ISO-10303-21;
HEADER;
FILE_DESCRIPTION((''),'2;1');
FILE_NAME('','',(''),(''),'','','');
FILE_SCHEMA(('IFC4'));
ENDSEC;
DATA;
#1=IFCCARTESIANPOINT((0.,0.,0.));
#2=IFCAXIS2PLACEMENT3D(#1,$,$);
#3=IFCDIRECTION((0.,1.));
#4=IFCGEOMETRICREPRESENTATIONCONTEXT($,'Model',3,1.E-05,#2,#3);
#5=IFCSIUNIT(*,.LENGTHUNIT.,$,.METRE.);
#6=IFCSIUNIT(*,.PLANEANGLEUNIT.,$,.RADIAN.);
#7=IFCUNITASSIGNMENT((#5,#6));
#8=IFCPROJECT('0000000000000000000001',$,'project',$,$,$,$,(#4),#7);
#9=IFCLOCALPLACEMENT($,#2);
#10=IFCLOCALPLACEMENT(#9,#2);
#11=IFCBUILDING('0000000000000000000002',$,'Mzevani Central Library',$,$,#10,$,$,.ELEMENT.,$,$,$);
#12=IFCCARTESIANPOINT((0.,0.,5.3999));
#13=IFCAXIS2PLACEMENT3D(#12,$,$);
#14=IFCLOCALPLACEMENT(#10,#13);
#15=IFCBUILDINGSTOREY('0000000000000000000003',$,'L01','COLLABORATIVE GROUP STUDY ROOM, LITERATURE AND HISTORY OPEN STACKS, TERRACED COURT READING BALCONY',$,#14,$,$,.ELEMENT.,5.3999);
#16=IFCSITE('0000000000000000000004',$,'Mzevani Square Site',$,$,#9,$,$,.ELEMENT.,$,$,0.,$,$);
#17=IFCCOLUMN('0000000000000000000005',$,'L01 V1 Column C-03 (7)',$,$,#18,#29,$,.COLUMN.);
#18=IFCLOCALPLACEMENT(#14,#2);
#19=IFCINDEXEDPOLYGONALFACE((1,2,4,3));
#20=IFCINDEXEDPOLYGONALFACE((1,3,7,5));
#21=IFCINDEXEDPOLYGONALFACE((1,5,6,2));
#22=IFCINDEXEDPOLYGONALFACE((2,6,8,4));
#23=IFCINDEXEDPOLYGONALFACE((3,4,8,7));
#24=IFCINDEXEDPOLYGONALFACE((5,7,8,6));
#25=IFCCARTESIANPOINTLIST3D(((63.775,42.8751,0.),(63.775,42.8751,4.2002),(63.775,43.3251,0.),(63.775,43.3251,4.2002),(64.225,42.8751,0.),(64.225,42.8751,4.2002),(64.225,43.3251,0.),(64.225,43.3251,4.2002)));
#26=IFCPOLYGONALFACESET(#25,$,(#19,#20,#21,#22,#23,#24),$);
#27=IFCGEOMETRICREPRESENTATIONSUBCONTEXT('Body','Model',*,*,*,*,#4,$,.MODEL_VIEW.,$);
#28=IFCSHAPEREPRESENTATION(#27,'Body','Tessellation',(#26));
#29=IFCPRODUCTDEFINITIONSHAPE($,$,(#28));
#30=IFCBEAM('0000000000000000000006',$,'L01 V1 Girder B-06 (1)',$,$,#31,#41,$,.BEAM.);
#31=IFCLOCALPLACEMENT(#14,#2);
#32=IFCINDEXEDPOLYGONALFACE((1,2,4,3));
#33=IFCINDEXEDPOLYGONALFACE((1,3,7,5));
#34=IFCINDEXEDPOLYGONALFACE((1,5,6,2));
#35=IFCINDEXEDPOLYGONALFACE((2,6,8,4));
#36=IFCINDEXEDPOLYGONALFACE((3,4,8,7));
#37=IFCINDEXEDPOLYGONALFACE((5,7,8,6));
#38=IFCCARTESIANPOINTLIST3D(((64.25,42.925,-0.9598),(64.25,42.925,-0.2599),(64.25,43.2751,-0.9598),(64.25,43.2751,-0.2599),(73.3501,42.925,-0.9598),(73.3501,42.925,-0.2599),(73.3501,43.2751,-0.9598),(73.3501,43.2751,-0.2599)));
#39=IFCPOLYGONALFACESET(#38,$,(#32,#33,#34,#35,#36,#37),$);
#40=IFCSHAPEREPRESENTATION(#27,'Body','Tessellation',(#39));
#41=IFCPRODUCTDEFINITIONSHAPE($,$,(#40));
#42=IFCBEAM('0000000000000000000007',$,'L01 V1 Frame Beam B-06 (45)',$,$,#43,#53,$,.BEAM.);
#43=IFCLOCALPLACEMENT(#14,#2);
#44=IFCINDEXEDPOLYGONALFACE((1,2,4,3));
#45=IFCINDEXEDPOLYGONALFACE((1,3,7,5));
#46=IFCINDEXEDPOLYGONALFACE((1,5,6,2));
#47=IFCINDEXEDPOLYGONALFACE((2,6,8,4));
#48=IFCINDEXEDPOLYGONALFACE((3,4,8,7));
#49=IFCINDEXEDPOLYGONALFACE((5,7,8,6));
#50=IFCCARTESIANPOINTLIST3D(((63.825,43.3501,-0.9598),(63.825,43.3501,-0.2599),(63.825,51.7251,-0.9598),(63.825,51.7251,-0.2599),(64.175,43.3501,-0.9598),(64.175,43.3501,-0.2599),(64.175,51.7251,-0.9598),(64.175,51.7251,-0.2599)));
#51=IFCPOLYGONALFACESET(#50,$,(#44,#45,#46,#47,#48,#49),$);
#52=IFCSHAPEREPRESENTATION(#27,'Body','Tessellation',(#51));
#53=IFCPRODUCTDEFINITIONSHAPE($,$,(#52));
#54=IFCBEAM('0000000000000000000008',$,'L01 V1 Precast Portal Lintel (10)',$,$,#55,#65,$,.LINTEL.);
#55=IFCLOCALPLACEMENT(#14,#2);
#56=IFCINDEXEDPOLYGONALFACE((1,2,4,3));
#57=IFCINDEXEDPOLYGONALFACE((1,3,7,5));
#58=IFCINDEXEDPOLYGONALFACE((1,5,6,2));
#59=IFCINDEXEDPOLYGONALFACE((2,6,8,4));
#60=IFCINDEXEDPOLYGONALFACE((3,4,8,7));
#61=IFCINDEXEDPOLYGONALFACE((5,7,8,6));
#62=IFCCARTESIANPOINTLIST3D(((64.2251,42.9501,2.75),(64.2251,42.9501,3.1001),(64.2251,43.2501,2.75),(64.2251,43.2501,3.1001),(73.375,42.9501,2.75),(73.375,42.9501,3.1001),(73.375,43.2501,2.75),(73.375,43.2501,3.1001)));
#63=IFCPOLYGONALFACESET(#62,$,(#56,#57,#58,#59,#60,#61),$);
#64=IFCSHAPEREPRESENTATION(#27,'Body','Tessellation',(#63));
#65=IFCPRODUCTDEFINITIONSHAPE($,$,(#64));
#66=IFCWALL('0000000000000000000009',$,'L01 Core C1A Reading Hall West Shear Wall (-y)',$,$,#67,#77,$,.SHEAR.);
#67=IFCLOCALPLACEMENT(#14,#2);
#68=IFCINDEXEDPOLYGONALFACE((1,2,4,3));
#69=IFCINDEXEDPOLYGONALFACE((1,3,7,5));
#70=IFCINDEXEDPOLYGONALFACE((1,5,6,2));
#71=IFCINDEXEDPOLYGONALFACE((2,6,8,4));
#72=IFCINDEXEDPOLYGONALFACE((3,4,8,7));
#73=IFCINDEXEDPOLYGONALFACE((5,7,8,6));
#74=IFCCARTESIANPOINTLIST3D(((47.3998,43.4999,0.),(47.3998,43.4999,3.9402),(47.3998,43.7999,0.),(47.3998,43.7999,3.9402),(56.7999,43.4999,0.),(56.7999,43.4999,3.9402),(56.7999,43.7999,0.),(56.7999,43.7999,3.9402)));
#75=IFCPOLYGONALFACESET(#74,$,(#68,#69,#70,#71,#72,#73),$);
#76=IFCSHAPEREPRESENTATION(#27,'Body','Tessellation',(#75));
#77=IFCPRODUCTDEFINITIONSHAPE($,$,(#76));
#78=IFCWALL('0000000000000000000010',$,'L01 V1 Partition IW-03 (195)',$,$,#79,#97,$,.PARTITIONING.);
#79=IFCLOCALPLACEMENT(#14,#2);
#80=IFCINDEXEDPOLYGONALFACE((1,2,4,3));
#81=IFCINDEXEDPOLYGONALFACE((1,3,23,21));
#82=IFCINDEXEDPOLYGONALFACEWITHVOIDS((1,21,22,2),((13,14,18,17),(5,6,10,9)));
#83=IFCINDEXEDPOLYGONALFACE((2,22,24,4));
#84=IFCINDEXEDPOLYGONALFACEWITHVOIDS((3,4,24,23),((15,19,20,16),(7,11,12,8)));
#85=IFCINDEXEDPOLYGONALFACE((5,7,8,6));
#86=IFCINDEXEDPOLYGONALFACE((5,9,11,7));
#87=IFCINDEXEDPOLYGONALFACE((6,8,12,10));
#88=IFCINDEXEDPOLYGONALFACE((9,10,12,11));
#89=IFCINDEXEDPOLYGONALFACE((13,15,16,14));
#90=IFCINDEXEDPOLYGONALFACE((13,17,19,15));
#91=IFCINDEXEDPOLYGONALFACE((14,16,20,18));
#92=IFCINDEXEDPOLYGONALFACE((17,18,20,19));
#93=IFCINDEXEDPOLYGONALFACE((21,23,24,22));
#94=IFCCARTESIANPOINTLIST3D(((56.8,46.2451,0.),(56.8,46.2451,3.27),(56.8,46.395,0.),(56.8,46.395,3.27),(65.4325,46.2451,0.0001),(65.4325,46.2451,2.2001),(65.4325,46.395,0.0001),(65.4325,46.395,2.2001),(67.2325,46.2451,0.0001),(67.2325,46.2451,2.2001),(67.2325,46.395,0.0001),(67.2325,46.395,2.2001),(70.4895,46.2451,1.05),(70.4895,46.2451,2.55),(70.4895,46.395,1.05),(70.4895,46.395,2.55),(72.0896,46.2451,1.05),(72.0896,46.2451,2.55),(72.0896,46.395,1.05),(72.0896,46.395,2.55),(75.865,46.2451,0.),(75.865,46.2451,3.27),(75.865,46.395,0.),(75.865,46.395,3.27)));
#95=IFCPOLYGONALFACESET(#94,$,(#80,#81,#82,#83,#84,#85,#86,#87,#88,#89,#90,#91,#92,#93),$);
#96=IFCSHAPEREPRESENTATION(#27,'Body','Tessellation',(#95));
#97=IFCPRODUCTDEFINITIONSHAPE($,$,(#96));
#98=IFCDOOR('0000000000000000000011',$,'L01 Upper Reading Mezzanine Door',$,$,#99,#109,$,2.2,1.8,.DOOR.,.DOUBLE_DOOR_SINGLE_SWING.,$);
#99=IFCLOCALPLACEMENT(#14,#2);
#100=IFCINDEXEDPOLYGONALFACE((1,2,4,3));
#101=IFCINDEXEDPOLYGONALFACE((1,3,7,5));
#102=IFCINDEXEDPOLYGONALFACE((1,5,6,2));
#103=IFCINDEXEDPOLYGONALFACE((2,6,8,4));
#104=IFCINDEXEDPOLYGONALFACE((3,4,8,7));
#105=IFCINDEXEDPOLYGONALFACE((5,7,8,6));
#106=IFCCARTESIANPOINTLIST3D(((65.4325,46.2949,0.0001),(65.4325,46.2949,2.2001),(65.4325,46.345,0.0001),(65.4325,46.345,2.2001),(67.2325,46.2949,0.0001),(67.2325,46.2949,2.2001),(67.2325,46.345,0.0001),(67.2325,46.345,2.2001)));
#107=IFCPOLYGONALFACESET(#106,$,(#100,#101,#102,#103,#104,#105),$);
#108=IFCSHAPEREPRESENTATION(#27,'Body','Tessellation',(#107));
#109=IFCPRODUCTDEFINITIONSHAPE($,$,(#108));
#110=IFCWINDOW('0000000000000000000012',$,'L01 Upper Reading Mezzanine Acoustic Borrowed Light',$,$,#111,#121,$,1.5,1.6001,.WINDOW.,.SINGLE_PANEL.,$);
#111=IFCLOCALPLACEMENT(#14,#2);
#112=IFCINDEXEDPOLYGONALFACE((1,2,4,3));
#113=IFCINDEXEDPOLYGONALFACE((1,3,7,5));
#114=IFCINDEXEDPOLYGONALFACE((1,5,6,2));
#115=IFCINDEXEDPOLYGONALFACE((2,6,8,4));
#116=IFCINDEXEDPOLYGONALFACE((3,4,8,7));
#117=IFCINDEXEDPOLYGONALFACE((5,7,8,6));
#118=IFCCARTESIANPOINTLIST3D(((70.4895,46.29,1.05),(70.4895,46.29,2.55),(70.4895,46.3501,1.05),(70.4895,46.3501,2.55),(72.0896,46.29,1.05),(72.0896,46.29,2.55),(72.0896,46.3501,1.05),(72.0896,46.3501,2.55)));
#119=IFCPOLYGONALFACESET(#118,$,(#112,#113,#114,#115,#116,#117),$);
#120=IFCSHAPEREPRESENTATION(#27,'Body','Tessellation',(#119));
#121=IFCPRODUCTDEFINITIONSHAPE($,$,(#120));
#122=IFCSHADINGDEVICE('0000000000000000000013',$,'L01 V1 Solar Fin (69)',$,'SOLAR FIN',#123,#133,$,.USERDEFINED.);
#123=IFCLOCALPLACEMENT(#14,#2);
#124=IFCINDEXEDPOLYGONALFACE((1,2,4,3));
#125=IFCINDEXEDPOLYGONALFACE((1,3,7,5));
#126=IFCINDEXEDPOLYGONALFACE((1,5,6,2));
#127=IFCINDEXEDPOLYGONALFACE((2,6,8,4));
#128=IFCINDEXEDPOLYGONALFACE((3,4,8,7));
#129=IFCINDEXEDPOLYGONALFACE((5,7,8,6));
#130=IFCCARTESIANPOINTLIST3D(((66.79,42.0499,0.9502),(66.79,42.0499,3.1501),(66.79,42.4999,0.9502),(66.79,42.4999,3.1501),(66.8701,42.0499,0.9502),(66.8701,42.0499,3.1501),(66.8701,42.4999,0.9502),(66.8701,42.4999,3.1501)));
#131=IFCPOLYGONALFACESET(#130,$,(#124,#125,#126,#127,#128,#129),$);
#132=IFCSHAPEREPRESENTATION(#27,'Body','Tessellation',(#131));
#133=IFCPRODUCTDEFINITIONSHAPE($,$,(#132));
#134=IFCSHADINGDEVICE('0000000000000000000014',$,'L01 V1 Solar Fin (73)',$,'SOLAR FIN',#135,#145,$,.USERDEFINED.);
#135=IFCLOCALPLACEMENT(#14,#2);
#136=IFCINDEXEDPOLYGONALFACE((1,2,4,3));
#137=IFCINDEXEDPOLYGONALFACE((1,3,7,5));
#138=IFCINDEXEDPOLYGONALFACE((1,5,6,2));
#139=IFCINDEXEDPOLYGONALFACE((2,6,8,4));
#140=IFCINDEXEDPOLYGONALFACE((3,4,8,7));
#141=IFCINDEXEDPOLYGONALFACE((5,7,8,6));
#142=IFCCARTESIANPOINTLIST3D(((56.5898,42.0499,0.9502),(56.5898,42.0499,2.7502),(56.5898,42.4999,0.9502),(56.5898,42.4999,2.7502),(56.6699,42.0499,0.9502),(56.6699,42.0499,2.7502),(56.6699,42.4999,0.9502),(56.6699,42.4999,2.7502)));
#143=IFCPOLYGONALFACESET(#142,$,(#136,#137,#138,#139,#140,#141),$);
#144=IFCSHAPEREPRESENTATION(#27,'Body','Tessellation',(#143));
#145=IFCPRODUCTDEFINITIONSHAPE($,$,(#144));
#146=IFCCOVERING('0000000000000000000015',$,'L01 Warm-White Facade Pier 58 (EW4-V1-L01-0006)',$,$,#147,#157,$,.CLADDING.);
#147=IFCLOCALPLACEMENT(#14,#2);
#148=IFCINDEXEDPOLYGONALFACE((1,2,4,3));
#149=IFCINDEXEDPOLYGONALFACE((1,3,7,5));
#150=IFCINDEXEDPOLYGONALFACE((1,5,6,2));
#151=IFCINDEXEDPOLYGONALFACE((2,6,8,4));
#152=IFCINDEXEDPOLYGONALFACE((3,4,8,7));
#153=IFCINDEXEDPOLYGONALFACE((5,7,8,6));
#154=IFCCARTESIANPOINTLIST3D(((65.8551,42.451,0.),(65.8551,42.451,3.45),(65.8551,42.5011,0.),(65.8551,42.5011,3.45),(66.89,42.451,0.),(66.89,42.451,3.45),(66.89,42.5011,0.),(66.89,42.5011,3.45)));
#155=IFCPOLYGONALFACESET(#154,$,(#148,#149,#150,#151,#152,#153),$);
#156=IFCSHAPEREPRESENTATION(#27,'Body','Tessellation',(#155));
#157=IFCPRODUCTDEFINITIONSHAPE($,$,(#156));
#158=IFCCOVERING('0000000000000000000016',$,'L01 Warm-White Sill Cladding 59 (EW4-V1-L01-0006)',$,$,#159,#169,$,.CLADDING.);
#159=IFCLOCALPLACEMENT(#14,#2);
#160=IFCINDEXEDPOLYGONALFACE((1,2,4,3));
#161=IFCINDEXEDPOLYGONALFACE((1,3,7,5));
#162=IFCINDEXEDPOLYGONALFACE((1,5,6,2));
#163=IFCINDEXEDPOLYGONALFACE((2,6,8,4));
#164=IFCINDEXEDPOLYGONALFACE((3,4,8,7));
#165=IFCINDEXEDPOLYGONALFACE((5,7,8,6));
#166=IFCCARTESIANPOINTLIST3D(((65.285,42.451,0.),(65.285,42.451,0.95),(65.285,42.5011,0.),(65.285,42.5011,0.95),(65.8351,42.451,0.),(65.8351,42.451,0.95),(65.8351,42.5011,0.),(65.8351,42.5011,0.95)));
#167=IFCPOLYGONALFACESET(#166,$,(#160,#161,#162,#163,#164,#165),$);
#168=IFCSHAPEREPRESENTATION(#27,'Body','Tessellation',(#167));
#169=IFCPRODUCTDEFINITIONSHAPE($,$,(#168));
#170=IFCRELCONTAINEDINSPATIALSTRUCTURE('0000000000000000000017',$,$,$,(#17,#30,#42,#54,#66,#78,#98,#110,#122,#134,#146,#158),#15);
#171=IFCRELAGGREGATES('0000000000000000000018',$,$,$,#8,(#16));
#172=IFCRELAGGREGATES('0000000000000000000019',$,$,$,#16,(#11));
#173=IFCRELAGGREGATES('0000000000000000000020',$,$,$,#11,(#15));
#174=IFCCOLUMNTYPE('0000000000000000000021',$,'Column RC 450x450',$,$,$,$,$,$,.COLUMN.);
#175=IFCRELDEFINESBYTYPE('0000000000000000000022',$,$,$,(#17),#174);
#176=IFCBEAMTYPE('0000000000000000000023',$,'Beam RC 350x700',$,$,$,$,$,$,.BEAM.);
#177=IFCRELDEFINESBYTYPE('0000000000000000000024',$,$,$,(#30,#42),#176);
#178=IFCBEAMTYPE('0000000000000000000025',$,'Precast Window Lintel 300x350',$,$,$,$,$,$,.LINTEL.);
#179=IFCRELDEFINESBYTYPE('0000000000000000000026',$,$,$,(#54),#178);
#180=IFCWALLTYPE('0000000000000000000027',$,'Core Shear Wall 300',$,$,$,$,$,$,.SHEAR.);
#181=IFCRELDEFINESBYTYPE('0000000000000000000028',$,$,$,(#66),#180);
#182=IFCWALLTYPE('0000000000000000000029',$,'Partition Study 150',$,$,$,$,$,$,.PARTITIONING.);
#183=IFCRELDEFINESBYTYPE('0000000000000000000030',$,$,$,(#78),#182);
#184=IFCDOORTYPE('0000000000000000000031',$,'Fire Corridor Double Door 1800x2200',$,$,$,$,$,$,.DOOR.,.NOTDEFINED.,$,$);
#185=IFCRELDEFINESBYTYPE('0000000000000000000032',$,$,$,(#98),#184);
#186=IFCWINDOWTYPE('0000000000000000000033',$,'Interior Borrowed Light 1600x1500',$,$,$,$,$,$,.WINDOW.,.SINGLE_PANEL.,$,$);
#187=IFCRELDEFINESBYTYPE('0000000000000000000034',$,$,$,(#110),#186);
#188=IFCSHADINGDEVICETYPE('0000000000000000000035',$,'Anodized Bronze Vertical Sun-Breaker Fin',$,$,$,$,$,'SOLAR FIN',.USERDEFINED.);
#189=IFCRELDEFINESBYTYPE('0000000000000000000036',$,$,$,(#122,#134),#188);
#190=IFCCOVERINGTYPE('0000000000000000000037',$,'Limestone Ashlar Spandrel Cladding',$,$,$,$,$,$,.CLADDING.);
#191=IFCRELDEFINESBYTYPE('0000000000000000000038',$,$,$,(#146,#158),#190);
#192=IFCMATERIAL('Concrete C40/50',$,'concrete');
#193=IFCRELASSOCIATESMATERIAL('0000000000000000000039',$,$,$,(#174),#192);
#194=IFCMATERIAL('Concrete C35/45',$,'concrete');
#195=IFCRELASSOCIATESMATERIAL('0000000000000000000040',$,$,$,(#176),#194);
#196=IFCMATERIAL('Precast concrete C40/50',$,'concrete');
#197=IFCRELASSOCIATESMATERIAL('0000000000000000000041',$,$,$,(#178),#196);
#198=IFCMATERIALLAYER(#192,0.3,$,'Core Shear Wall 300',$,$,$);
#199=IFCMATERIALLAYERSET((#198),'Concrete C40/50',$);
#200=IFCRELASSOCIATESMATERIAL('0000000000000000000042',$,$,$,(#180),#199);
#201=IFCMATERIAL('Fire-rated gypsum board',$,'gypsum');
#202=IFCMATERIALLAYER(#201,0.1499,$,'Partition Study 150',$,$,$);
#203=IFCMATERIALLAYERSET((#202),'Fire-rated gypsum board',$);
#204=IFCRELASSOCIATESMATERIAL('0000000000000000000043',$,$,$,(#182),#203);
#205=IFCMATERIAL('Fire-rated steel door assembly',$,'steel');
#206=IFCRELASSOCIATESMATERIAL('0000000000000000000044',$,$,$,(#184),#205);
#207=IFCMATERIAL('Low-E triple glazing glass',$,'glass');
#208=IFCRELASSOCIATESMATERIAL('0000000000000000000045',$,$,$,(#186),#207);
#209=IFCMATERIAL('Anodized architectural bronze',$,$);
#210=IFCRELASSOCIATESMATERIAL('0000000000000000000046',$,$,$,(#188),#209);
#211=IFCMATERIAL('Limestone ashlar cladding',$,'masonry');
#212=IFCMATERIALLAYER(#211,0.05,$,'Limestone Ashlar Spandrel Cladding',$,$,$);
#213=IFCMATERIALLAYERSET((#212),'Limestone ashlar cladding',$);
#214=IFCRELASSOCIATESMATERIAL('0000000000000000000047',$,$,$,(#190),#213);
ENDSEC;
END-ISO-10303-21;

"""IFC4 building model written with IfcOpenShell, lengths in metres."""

from ifc_helpers import new_model, si_unit, direction, frame, frame_2d, origin, origin_2d, place, context, subcontext, project, spatial, rectangle, extrude, material, layer, layer_set, material_profile, profile_set, type_object, element, fill, save


model = new_model("IFC4")

# Units and contexts
model_context = context("Model", 3, precision=1e-05, world=origin(), true_north=direction((0.0, 1.0)))
body_context = subcontext(model_context, "Body", "Model", "MODEL_VIEW")
ifc_project = project(units=[si_unit("LENGTHUNIT", "METRE"), si_unit("PLANEANGLEUNIT", "RADIAN")], contexts=[model_context])

# Site, building, storey
site_placement = place(None, origin())
site = spatial("IfcSite", under=ifc_project, at=site_placement, Name="Mzevani Square Site", CompositionType="ELEMENT", RefElevation=0.0)
building_placement = place(site_placement, origin())
building = spatial("IfcBuilding", under=site, at=building_placement, Name="Mzevani Central Library", CompositionType="ELEMENT")
storey_placement = place(building_placement, frame((0.0, 0.0, 5.3999)))
storey = spatial("IfcBuildingStorey", under=building, at=storey_placement, Name="L01", Description="COLLABORATIVE GROUP STUDY ROOM, LITERATURE AND HISTORY OPEN STACKS, TERRACED COURT READING BALCONY", CompositionType="ELEMENT", Elevation=5.3999)

# Column
ifc_material_1 = material(Name="Concrete C40/50", Category="concrete")
ifc_material_profile_1 = material_profile(ifc_material_1, rectangle(XDim=0.45, YDim=0.45, at=origin_2d()), Name="RC 450x450")
ifc_profile_set_1 = profile_set([ifc_material_profile_1], Name="Concrete C40/50")
column_type = type_object("IfcColumnType", Name="Column RC 450x450", PredefinedType="COLUMN", material=ifc_profile_set_1)
column_placement = place(storey_placement, frame((64.0, 43.1001, 0.0), z_axis=(0.0, 0.0, 1.0), x_axis=(1.0, 0.0, 0.0)))
element("IfcColumn", 1, at=column_placement, inside=storey, type_object=column_type, Name="L01 V1 Column C-03 (7)", PredefinedType="COLUMN", context=body_context, shape_type="SweptSolid", body=[
    extrude(rectangle(XDim=0.45, YDim=0.45, at=origin_2d()), origin(), (0.0, 0.0, 1.0), 4.2002),
])

# Beams
ifc_material_2 = material(Name="Concrete C35/45", Category="concrete")
ifc_material_profile_2 = material_profile(ifc_material_2, rectangle(XDim=0.3501, YDim=0.7, at=origin_2d()), Name="RC B350x700")
ifc_profile_set_2 = profile_set([ifc_material_profile_2], Name="Concrete C35/45")
beam_type_1 = type_object("IfcBeamType", Name="Beam RC 350x700", PredefinedType="BEAM", material=ifc_profile_set_2)
beam_1_placement = place(storey_placement, frame((64.25, 43.1001, -0.6099), z_axis=(1.0, 0.0, 0.0), x_axis=(0.0, 1.0, 0.0)))
element("IfcBeam", 2, at=beam_1_placement, inside=storey, type_object=beam_type_1, Name="L01 V1 Girder B-06 (1)", PredefinedType="BEAM", context=body_context, shape_type="SweptSolid", body=[
    extrude(rectangle(XDim=0.3501, YDim=0.7, at=origin_2d()), origin(), (0.0, 0.0, 1.0), 9.1001),
])
beam_2_placement = place(storey_placement, frame((64.0, 43.3501, -0.6099), z_axis=(0.0, 1.0, 0.0), x_axis=(-1.0, 0.0, 0.0)))
element("IfcBeam", 3, at=beam_2_placement, inside=storey, type_object=beam_type_1, Name="L01 V1 Frame Beam B-06 (45)", PredefinedType="BEAM", context=body_context, shape_type="SweptSolid", body=[
    extrude(rectangle(XDim=0.3501, YDim=0.7, at=origin_2d()), origin(), (0.0, 0.0, 1.0), 8.375),
])
ifc_material_3 = material(Name="Precast concrete C40/50", Category="concrete")
ifc_material_profile_3 = material_profile(ifc_material_3, rectangle(XDim=0.3, YDim=0.3501, at=origin_2d()), Name="PC LN300x350")
ifc_profile_set_3 = profile_set([ifc_material_profile_3], Name="Precast concrete C40/50")
beam_type_2 = type_object("IfcBeamType", Name="Precast Window Lintel 300x350", PredefinedType="LINTEL", material=ifc_profile_set_3)
beam_3_placement = place(storey_placement, frame((64.2251, 43.1001, 2.925), z_axis=(1.0, 0.0, 0.0), x_axis=(0.0, 1.0, 0.0)))
element("IfcBeam", 4, at=beam_3_placement, inside=storey, type_object=beam_type_2, Name="L01 V1 Precast Portal Lintel (10)", PredefinedType="LINTEL", context=body_context, shape_type="SweptSolid", body=[
    extrude(rectangle(XDim=0.3, YDim=0.3501, at=origin_2d()), origin(), (0.0, 0.0, 1.0), 9.1499),
])

# Wall
ifc_layer_1 = layer(ifc_material_1, 0.3, Name="Core Shear Wall 300")
ifc_layer_set_1 = layer_set([ifc_layer_1], Name="Concrete C40/50")
wall_type_1 = type_object("IfcWallType", Name="Core Shear Wall 300", PredefinedType="SHEAR", material=ifc_layer_set_1)
wall_1_placement = place(storey_placement, frame((56.8, 43.6499, 0.0), z_axis=(0.0, 0.0, 1.0), x_axis=(-1.0, 0.0, 0.0)))
element("IfcWall", 5, at=wall_1_placement, inside=storey, type_object=wall_type_1, Name="L01 Core C1A Reading Hall West Shear Wall (-y)", PredefinedType="SHEAR", context=body_context, shape_type="SweptSolid", body=[
    extrude(rectangle(XDim=9.4001, YDim=0.3, at=frame_2d((4.7002, 0.0))), origin(), (0.0, 0.0, 1.0), 3.9402),
])

# Wall, openings, door, window
ifc_material_4 = material(Name="Fire-rated gypsum board", Category="gypsum")
ifc_layer_2 = layer(ifc_material_4, 0.1499, Name="Partition Study 150")
ifc_layer_set_2 = layer_set([ifc_layer_2], Name="Fire-rated gypsum board")
wall_type_2 = type_object("IfcWallType", Name="Partition Study 150", PredefinedType="PARTITIONING", material=ifc_layer_set_2)
wall_2_placement = place(storey_placement, frame((56.8, 46.3201, 0.0), z_axis=(0.0, 0.0, 1.0), x_axis=(1.0, 0.0, 0.0)))
wall_2 = element("IfcWall", 6, at=wall_2_placement, inside=storey, type_object=wall_type_2, Name="L01 V1 Partition IW-03 (195)", PredefinedType="PARTITIONING", context=body_context, shape_type="SweptSolid", body=[
    extrude(rectangle(XDim=19.0649, YDim=0.1499, at=frame_2d((9.5325, 0.0))), origin(), (0.0, 0.0, 1.0), 3.27),
])
opening_1_placement = place(wall_2_placement, frame((8.6326, 0.0, 0.0)))
opening_1 = element("IfcOpeningElement", 7, at=opening_1_placement, cuts=wall_2, PredefinedType="OPENING", context=body_context, shape_type="SweptSolid", body=[
    extrude(rectangle(XDim=1.8, YDim=2.2, at=frame_2d((0.8999, 1.1001))), frame((0.0, 0.085, 0.0), z_axis=(0.0, -1.0, 0.0), x_axis=(1.0, 0.0, 0.0)), (0.0, 0.0, 1.0), 0.1699),
])
opening_2_placement = place(wall_2_placement, frame((13.6895, 0.0, 1.05)))
opening_2 = element("IfcOpeningElement", 8, at=opening_2_placement, cuts=wall_2, PredefinedType="OPENING", context=body_context, shape_type="SweptSolid", body=[
    extrude(rectangle(XDim=1.6001, YDim=1.5, at=frame_2d((0.8, 0.75))), frame((0.0, 0.085, 0.0), z_axis=(0.0, -1.0, 0.0), x_axis=(1.0, 0.0, 0.0)), (0.0, 0.0, 1.0), 0.1699),
])
ifc_material_5 = material(Name="Fire-rated steel door assembly", Category="steel")
door_type = type_object("IfcDoorType", Name="Fire Corridor Double Door 1800x2200", OperationType="NOTDEFINED", PredefinedType="DOOR", material=ifc_material_5)
door_placement = place(opening_1_placement, origin())
door = element("IfcDoor", 9, at=door_placement, inside=storey, type_object=door_type, Name="L01 Upper Reading Mezzanine Door", OperationType="DOUBLE_DOOR_SINGLE_SWING", OverallHeight=2.2, OverallWidth=1.8, PredefinedType="DOOR", context=body_context, shape_type="SweptSolid", body=[
    extrude(rectangle(XDim=1.8, YDim=2.2, at=frame_2d((0.8999, 1.1001))), frame((0.0, 0.0249, 0.0), z_axis=(0.0, -1.0, 0.0), x_axis=(1.0, 0.0, 0.0)), (0.0, 0.0, 1.0), 0.05),
])
fill(opening_1, door)
ifc_material_6 = material(Name="Low-E triple glazing glass", Category="glass")
window_type = type_object("IfcWindowType", Name="Interior Borrowed Light 1600x1500", PartitioningType="SINGLE_PANEL", PredefinedType="WINDOW", material=ifc_material_6)
window_placement = place(opening_2_placement, origin())
window = element("IfcWindow", 10, at=window_placement, inside=storey, type_object=window_type, Name="L01 Upper Reading Mezzanine Acoustic Borrowed Light", OverallHeight=1.5, OverallWidth=1.6001, PartitioningType="SINGLE_PANEL", PredefinedType="WINDOW", context=body_context, shape_type="SweptSolid", body=[
    extrude(rectangle(XDim=1.6001, YDim=1.5, at=frame_2d((0.8, 0.75))), frame((0.0, 0.03, 0.0), z_axis=(0.0, -1.0, 0.0), x_axis=(1.0, 0.0, 0.0)), (0.0, 0.0, 1.0), 0.0601),
])
fill(opening_2, window)

# Shading devices
ifc_material_7 = material(Name="Anodized architectural bronze")
shading_device_type = type_object("IfcShadingDeviceType", Name="Anodized Bronze Vertical Sun-Breaker Fin", ElementType="SOLAR FIN", PredefinedType="USERDEFINED", material=ifc_material_7)
shading_device_1_placement = place(storey_placement, frame((66.8301, 42.2749, 0.9502), z_axis=(0.0, 0.0, 1.0), x_axis=(-1.0, 0.0, 0.0)))
element("IfcShadingDevice", 11, at=shading_device_1_placement, inside=storey, type_object=shading_device_type, Name="L01 V1 Solar Fin (69)", ObjectType="SOLAR FIN", PredefinedType="USERDEFINED", context=body_context, shape_type="SweptSolid", body=[
    extrude(rectangle(XDim=0.0801, YDim=0.45, at=origin_2d()), origin(), (0.0, 0.0, 1.0), 2.2),
])
shading_device_2_placement = place(storey_placement, frame((56.6299, 42.2749, 0.9502), z_axis=(0.0, 0.0, 1.0), x_axis=(-1.0, 0.0, 0.0)))
element("IfcShadingDevice", 12, at=shading_device_2_placement, inside=storey, type_object=shading_device_type, Name="L01 V1 Solar Fin (73)", ObjectType="SOLAR FIN", PredefinedType="USERDEFINED", context=body_context, shape_type="SweptSolid", body=[
    extrude(rectangle(XDim=0.0801, YDim=0.45, at=origin_2d()), origin(), (0.0, 0.0, 1.0), 1.8),
])

# Coverings
ifc_material_8 = material(Name="Limestone ashlar cladding", Category="masonry")
ifc_layer_3 = layer(ifc_material_8, 0.05, Name="Limestone Ashlar Spandrel Cladding")
ifc_layer_set_3 = layer_set([ifc_layer_3], Name="Limestone ashlar cladding")
covering_type = type_object("IfcCoveringType", Name="Limestone Ashlar Spandrel Cladding", PredefinedType="CLADDING", material=ifc_layer_set_3)
covering_1_placement = place(storey_placement, frame((66.3726, 42.4761, 0.0), z_axis=(0.0, 0.0, 1.0), x_axis=(-1.0, 0.0, 0.0)))
element("IfcCovering", 13, at=covering_1_placement, inside=storey, type_object=covering_type, Name="L01 Warm-White Facade Pier 58 (EW4-V1-L01-0006)", PredefinedType="CLADDING", context=body_context, shape_type="SweptSolid", body=[
    extrude(rectangle(XDim=1.0349, YDim=0.05, at=origin_2d()), origin(), (0.0, 0.0, 1.0), 3.45),
])
covering_2_placement = place(storey_placement, frame((65.5601, 42.4761, 0.0), z_axis=(0.0, 0.0, 1.0), x_axis=(-1.0, 0.0, 0.0)))
element("IfcCovering", 14, at=covering_2_placement, inside=storey, type_object=covering_type, Name="L01 Warm-White Sill Cladding 59 (EW4-V1-L01-0006)", PredefinedType="CLADDING", context=body_context, shape_type="SweptSolid", body=[
    extrude(rectangle(XDim=0.55, YDim=0.05, at=origin_2d()), origin(), (0.0, 0.0, 1.0), 0.95),
])

save(model, "model.ifc")
